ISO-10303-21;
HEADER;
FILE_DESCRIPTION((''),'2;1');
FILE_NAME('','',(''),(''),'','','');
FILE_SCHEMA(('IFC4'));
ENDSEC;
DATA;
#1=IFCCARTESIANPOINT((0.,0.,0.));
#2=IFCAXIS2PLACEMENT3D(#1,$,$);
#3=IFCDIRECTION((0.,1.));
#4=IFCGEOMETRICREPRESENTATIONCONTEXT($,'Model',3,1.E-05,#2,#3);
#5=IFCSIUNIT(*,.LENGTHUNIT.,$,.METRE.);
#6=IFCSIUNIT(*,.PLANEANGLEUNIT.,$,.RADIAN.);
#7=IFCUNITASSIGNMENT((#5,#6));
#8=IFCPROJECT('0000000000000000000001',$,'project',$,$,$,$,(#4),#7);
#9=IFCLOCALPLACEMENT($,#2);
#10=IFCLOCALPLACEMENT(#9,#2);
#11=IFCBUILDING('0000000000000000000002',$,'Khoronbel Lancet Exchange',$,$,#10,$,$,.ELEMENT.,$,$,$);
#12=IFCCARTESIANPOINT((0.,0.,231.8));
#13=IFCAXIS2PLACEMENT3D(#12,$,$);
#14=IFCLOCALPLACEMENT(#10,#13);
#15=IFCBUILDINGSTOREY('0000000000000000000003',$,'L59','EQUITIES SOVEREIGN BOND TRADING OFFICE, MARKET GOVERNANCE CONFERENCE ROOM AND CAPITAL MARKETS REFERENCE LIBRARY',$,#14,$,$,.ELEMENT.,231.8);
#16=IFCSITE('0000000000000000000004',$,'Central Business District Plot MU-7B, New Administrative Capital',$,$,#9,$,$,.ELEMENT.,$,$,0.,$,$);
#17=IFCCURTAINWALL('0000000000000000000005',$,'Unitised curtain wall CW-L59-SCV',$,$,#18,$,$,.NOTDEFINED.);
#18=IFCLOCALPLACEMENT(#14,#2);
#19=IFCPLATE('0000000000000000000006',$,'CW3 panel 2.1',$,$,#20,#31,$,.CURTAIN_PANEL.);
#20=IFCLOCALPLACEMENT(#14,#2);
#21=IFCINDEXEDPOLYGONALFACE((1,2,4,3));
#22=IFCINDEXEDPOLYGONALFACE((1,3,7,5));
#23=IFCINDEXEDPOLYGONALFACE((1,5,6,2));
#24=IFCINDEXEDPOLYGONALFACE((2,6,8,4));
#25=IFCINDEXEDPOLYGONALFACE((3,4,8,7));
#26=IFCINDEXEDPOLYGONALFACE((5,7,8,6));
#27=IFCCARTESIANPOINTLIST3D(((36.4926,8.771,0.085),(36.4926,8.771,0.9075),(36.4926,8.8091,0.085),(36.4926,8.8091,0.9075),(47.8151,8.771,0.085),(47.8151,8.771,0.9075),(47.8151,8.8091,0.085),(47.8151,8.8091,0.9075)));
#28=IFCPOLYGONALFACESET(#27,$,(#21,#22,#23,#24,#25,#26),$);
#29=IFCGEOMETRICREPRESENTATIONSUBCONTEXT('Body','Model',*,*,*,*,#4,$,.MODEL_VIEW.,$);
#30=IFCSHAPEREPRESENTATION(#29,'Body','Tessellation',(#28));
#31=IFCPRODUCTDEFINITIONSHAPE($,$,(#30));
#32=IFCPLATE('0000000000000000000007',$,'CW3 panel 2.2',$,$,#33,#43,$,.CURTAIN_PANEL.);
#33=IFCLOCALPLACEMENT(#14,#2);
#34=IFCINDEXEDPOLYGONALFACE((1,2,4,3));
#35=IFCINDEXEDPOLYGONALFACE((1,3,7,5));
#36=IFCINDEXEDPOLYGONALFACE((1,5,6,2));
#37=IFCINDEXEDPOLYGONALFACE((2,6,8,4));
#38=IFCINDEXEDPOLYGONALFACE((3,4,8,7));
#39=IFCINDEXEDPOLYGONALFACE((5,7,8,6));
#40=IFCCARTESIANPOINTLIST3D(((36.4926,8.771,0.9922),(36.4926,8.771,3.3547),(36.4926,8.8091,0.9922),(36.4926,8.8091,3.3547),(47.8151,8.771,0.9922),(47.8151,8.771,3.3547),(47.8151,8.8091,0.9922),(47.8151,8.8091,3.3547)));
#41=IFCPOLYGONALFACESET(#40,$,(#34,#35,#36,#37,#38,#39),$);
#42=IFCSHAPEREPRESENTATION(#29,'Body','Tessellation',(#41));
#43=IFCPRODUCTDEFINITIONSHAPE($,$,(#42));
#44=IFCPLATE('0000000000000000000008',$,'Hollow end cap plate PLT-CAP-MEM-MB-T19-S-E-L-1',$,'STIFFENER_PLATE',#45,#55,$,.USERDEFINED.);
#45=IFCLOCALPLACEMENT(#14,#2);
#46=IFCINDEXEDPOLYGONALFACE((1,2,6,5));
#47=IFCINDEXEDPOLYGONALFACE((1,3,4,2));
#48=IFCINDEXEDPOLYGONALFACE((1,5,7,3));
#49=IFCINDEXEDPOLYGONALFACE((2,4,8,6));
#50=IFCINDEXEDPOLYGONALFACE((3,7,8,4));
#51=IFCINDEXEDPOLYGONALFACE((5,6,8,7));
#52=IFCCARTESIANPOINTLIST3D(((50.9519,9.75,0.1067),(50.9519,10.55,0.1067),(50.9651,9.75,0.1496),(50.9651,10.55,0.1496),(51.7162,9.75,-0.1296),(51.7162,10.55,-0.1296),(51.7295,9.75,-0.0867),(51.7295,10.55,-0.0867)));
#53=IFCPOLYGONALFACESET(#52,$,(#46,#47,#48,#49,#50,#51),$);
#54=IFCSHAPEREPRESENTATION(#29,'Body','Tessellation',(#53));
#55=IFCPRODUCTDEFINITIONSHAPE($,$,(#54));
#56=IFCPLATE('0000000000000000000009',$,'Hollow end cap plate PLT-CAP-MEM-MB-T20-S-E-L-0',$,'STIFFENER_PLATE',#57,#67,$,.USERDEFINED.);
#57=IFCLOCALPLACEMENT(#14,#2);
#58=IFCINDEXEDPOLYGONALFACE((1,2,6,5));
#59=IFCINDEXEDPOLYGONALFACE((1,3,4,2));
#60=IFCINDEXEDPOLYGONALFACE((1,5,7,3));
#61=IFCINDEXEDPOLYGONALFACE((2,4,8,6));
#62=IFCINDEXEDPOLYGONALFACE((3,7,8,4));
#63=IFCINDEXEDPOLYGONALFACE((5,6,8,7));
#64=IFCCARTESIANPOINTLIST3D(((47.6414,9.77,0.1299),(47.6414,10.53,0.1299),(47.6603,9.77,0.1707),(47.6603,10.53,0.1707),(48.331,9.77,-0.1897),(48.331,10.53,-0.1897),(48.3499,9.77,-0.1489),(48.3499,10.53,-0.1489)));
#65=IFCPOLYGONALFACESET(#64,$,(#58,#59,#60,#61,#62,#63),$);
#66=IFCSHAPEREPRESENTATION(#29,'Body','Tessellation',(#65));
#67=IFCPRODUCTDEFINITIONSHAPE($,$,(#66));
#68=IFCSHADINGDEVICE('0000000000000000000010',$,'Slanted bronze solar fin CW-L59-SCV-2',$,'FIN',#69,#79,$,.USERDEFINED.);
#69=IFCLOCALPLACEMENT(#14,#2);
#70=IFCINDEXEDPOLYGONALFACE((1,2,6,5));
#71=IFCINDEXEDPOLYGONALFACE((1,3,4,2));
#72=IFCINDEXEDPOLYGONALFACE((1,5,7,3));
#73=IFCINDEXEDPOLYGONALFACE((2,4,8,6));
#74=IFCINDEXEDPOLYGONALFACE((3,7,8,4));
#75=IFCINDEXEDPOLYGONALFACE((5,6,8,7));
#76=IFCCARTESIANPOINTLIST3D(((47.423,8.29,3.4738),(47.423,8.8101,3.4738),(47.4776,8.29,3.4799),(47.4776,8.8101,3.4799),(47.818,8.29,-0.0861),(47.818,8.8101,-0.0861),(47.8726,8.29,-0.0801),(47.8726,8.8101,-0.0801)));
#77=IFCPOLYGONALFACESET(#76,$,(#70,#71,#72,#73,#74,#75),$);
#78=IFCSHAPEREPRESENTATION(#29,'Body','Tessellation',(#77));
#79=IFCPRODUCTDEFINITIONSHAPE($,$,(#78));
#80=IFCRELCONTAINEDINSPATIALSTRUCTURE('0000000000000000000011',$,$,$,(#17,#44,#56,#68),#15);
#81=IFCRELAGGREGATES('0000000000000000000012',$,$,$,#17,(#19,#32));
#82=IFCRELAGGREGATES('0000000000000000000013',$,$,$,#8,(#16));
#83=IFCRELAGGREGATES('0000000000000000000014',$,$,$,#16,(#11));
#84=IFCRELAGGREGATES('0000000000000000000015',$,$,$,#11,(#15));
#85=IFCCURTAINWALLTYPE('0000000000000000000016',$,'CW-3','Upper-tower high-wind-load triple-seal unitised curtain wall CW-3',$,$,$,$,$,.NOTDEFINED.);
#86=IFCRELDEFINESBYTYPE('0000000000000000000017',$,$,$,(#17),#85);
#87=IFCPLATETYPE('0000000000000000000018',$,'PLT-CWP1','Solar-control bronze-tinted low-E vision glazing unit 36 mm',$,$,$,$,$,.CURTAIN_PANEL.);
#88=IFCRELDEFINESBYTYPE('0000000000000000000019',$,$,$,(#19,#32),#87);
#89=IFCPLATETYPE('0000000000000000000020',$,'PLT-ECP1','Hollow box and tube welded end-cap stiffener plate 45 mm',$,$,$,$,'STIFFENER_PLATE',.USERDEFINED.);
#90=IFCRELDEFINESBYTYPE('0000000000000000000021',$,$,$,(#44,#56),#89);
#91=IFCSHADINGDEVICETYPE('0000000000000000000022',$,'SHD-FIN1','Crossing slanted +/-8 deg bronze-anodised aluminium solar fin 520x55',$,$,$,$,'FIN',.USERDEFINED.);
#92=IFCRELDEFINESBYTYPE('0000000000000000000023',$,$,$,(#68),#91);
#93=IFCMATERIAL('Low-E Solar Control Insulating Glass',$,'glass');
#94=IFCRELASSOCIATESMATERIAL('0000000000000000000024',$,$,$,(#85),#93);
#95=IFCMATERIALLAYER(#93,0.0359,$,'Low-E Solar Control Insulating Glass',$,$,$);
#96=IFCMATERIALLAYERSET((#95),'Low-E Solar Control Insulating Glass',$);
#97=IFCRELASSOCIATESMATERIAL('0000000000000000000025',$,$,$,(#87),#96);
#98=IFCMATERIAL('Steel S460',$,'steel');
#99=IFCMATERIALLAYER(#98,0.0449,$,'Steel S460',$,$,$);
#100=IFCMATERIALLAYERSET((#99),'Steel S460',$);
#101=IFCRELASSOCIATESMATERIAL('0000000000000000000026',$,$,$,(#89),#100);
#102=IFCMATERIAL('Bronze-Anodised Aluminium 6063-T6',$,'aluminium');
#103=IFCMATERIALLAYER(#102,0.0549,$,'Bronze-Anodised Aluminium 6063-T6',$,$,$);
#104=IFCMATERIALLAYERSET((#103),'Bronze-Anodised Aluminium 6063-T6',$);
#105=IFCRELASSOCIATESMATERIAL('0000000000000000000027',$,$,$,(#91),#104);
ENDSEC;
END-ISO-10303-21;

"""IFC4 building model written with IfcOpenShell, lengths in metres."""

from ifc_helpers import new_model, si_unit, direction, frame, origin, origin_2d, place, context, subcontext, project, spatial, polyline, rectangle, outline, extrude, material, layer, layer_set, type_object, element, aggregate, save


model = new_model("IFC4")

# Units and contexts
model_context = context("Model", 3, precision=1e-05, world=origin(), true_north=direction((0.0, 1.0)))
body_context = subcontext(model_context, "Body", "Model", "MODEL_VIEW")
ifc_project = project(units=[si_unit("LENGTHUNIT", "METRE"), si_unit("PLANEANGLEUNIT", "RADIAN")], contexts=[model_context])

# Site, building, storey
site_placement = place(None, origin())
site = spatial("IfcSite", under=ifc_project, at=site_placement, Name="Central Business District Plot MU-7B, New Administrative Capital", CompositionType="ELEMENT", RefElevation=0.0)
building_placement = place(site_placement, origin())
building = spatial("IfcBuilding", under=site, at=building_placement, Name="Khoronbel Lancet Exchange", CompositionType="ELEMENT")
storey_placement = place(building_placement, frame((0.0, 0.0, 231.8)))
storey = spatial("IfcBuildingStorey", under=building, at=storey_placement, Name="L59", Description="EQUITIES SOVEREIGN BOND TRADING OFFICE, MARKET GOVERNANCE CONFERENCE ROOM AND CAPITAL MARKETS REFERENCE LIBRARY", CompositionType="ELEMENT", Elevation=231.8)

# Shared definitions
ifc_material_1 = material(Name="Steel S460", Category="steel")

# Curtain wall
ifc_material_2 = material(Name="Low-E Solar Control Insulating Glass", Category="glass")
curtain_wall_type = type_object("IfcCurtainWallType", Name="CW-3", Description="Upper-tower high-wind-load triple-seal unitised curtain wall CW-3", PredefinedType="NOTDEFINED", material=ifc_material_2)
curtain_wall_1_placement = place(storey_placement, origin())
curtain_wall_1 = element("IfcCurtainWall", 1, at=curtain_wall_1_placement, inside=storey, type_object=curtain_wall_type, Name="Unitised curtain wall CW-L59-SCV", PredefinedType="NOTDEFINED")
ifc_material_3 = material(Name="Bronze-Anodised Aluminium 6063-T6", Category="aluminium")

# Plates
ifc_layer_1 = layer(ifc_material_2, 0.0359, Name="Low-E Solar Control Insulating Glass")
ifc_layer_set_1 = layer_set([ifc_layer_1], Name="Low-E Solar Control Insulating Glass")
plate_type_1 = type_object("IfcPlateType", Name="PLT-CWP1", Description="Solar-control bronze-tinted low-E vision glazing unit 36 mm", PredefinedType="CURTAIN_PANEL", material=ifc_layer_set_1)
plate_1_placement = place(storey_placement, frame((42.1538, 8.79, 0.085), z_axis=(0.0, 0.0, 1.0), x_axis=(1.0, 0.0, 0.0)))
plate_1 = element("IfcPlate", 2, at=plate_1_placement, type_object=plate_type_1, Name="CW3 panel 2.1", PredefinedType="CURTAIN_PANEL", context=body_context, shape_type="SweptSolid", body=[
    extrude(rectangle(XDim=11.3225, YDim=0.0381, at=origin_2d()), origin(), (0.0, 0.0, 1.0), 0.8225),
])
plate_2_placement = place(storey_placement, frame((42.1538, 8.79, 0.9922), z_axis=(0.0, 0.0, 1.0), x_axis=(1.0, 0.0, 0.0)))
plate_2 = element("IfcPlate", 3, at=plate_2_placement, type_object=plate_type_1, Name="CW3 panel 2.2", PredefinedType="CURTAIN_PANEL", context=body_context, shape_type="SweptSolid", body=[
    extrude(rectangle(XDim=11.3225, YDim=0.0381, at=origin_2d()), origin(), (0.0, 0.0, 1.0), 2.3625),
])
aggregate(curtain_wall_1, [plate_1, plate_2])

# Plates
ifc_layer_2 = layer(ifc_material_1, 0.0449, Name="Steel S460")
ifc_layer_set_2 = layer_set([ifc_layer_2], Name="Steel S460")
plate_type_2 = type_object("IfcPlateType", Name="PLT-ECP1", Description="Hollow box and tube welded end-cap stiffener plate 45 mm", ElementType="STIFFENER_PLATE", PredefinedType="USERDEFINED", material=ifc_layer_set_2)
plate_3_placement = place(storey_placement, frame((51.7295, 9.75, -0.0867), z_axis=(0.295372, 0.0, 0.955382), x_axis=(0.0, 1.0, 0.0)))
element("IfcPlate", 4, at=plate_3_placement, inside=storey, type_object=plate_type_2, Name="Hollow end cap plate PLT-CAP-MEM-MB-T19-S-E-L-1", ObjectType="STIFFENER_PLATE", PredefinedType="USERDEFINED", context=body_context, shape_type="SweptSolid", body=[
    extrude(outline(polyline([(0.0, 0.0), (0.8, 0.0), (0.8, 0.8), (0.0, 0.8), (0.0, 0.0)])), origin(), (0.0, 0.0, -1.0), 0.0449),
])
plate_4_placement = place(storey_placement, frame((48.3499, 9.77, -0.1489), z_axis=(0.420545, 0.0, 0.907272), x_axis=(0.0, 1.0, 0.0)))
element("IfcPlate", 5, at=plate_4_placement, inside=storey, type_object=plate_type_2, Name="Hollow end cap plate PLT-CAP-MEM-MB-T20-S-E-L-0", ObjectType="STIFFENER_PLATE", PredefinedType="USERDEFINED", context=body_context, shape_type="SweptSolid", body=[
    extrude(outline(polyline([(0.0, 0.0), (0.76, 0.0), (0.76, 0.76), (0.0, 0.76), (0.0, 0.0)])), origin(), (0.0, 0.0, -1.0), 0.0449),
])

# Shading device
ifc_layer_3 = layer(ifc_material_3, 0.0549, Name="Bronze-Anodised Aluminium 6063-T6")
ifc_layer_set_3 = layer_set([ifc_layer_3], Name="Bronze-Anodised Aluminium 6063-T6")
shading_device_type = type_object("IfcShadingDeviceType", Name="SHD-FIN1", Description="Crossing slanted +/-8 deg bronze-anodised aluminium solar fin 520x55", ElementType="FIN", PredefinedType="USERDEFINED", material=ifc_layer_set_3)
shading_device_placement = place(storey_placement, frame((47.8726, 8.8101, -0.0801), z_axis=(0.9939, 0.0, 0.110282), x_axis=(0.0, -1.0, 0.0)))
element("IfcShadingDevice", 6, at=shading_device_placement, inside=storey, type_object=shading_device_type, Name="Slanted bronze solar fin CW-L59-SCV-2", ObjectType="FIN", PredefinedType="USERDEFINED", context=body_context, shape_type="SweptSolid", body=[
    extrude(outline(polyline([(0.0, 0.0), (0.52, 0.0), (0.52, -3.5818), (0.0, -3.5818), (0.0, 0.0)])), origin(), (0.0, 0.0, -1.0), 0.0549),
])

save(model, "model.ifc")
